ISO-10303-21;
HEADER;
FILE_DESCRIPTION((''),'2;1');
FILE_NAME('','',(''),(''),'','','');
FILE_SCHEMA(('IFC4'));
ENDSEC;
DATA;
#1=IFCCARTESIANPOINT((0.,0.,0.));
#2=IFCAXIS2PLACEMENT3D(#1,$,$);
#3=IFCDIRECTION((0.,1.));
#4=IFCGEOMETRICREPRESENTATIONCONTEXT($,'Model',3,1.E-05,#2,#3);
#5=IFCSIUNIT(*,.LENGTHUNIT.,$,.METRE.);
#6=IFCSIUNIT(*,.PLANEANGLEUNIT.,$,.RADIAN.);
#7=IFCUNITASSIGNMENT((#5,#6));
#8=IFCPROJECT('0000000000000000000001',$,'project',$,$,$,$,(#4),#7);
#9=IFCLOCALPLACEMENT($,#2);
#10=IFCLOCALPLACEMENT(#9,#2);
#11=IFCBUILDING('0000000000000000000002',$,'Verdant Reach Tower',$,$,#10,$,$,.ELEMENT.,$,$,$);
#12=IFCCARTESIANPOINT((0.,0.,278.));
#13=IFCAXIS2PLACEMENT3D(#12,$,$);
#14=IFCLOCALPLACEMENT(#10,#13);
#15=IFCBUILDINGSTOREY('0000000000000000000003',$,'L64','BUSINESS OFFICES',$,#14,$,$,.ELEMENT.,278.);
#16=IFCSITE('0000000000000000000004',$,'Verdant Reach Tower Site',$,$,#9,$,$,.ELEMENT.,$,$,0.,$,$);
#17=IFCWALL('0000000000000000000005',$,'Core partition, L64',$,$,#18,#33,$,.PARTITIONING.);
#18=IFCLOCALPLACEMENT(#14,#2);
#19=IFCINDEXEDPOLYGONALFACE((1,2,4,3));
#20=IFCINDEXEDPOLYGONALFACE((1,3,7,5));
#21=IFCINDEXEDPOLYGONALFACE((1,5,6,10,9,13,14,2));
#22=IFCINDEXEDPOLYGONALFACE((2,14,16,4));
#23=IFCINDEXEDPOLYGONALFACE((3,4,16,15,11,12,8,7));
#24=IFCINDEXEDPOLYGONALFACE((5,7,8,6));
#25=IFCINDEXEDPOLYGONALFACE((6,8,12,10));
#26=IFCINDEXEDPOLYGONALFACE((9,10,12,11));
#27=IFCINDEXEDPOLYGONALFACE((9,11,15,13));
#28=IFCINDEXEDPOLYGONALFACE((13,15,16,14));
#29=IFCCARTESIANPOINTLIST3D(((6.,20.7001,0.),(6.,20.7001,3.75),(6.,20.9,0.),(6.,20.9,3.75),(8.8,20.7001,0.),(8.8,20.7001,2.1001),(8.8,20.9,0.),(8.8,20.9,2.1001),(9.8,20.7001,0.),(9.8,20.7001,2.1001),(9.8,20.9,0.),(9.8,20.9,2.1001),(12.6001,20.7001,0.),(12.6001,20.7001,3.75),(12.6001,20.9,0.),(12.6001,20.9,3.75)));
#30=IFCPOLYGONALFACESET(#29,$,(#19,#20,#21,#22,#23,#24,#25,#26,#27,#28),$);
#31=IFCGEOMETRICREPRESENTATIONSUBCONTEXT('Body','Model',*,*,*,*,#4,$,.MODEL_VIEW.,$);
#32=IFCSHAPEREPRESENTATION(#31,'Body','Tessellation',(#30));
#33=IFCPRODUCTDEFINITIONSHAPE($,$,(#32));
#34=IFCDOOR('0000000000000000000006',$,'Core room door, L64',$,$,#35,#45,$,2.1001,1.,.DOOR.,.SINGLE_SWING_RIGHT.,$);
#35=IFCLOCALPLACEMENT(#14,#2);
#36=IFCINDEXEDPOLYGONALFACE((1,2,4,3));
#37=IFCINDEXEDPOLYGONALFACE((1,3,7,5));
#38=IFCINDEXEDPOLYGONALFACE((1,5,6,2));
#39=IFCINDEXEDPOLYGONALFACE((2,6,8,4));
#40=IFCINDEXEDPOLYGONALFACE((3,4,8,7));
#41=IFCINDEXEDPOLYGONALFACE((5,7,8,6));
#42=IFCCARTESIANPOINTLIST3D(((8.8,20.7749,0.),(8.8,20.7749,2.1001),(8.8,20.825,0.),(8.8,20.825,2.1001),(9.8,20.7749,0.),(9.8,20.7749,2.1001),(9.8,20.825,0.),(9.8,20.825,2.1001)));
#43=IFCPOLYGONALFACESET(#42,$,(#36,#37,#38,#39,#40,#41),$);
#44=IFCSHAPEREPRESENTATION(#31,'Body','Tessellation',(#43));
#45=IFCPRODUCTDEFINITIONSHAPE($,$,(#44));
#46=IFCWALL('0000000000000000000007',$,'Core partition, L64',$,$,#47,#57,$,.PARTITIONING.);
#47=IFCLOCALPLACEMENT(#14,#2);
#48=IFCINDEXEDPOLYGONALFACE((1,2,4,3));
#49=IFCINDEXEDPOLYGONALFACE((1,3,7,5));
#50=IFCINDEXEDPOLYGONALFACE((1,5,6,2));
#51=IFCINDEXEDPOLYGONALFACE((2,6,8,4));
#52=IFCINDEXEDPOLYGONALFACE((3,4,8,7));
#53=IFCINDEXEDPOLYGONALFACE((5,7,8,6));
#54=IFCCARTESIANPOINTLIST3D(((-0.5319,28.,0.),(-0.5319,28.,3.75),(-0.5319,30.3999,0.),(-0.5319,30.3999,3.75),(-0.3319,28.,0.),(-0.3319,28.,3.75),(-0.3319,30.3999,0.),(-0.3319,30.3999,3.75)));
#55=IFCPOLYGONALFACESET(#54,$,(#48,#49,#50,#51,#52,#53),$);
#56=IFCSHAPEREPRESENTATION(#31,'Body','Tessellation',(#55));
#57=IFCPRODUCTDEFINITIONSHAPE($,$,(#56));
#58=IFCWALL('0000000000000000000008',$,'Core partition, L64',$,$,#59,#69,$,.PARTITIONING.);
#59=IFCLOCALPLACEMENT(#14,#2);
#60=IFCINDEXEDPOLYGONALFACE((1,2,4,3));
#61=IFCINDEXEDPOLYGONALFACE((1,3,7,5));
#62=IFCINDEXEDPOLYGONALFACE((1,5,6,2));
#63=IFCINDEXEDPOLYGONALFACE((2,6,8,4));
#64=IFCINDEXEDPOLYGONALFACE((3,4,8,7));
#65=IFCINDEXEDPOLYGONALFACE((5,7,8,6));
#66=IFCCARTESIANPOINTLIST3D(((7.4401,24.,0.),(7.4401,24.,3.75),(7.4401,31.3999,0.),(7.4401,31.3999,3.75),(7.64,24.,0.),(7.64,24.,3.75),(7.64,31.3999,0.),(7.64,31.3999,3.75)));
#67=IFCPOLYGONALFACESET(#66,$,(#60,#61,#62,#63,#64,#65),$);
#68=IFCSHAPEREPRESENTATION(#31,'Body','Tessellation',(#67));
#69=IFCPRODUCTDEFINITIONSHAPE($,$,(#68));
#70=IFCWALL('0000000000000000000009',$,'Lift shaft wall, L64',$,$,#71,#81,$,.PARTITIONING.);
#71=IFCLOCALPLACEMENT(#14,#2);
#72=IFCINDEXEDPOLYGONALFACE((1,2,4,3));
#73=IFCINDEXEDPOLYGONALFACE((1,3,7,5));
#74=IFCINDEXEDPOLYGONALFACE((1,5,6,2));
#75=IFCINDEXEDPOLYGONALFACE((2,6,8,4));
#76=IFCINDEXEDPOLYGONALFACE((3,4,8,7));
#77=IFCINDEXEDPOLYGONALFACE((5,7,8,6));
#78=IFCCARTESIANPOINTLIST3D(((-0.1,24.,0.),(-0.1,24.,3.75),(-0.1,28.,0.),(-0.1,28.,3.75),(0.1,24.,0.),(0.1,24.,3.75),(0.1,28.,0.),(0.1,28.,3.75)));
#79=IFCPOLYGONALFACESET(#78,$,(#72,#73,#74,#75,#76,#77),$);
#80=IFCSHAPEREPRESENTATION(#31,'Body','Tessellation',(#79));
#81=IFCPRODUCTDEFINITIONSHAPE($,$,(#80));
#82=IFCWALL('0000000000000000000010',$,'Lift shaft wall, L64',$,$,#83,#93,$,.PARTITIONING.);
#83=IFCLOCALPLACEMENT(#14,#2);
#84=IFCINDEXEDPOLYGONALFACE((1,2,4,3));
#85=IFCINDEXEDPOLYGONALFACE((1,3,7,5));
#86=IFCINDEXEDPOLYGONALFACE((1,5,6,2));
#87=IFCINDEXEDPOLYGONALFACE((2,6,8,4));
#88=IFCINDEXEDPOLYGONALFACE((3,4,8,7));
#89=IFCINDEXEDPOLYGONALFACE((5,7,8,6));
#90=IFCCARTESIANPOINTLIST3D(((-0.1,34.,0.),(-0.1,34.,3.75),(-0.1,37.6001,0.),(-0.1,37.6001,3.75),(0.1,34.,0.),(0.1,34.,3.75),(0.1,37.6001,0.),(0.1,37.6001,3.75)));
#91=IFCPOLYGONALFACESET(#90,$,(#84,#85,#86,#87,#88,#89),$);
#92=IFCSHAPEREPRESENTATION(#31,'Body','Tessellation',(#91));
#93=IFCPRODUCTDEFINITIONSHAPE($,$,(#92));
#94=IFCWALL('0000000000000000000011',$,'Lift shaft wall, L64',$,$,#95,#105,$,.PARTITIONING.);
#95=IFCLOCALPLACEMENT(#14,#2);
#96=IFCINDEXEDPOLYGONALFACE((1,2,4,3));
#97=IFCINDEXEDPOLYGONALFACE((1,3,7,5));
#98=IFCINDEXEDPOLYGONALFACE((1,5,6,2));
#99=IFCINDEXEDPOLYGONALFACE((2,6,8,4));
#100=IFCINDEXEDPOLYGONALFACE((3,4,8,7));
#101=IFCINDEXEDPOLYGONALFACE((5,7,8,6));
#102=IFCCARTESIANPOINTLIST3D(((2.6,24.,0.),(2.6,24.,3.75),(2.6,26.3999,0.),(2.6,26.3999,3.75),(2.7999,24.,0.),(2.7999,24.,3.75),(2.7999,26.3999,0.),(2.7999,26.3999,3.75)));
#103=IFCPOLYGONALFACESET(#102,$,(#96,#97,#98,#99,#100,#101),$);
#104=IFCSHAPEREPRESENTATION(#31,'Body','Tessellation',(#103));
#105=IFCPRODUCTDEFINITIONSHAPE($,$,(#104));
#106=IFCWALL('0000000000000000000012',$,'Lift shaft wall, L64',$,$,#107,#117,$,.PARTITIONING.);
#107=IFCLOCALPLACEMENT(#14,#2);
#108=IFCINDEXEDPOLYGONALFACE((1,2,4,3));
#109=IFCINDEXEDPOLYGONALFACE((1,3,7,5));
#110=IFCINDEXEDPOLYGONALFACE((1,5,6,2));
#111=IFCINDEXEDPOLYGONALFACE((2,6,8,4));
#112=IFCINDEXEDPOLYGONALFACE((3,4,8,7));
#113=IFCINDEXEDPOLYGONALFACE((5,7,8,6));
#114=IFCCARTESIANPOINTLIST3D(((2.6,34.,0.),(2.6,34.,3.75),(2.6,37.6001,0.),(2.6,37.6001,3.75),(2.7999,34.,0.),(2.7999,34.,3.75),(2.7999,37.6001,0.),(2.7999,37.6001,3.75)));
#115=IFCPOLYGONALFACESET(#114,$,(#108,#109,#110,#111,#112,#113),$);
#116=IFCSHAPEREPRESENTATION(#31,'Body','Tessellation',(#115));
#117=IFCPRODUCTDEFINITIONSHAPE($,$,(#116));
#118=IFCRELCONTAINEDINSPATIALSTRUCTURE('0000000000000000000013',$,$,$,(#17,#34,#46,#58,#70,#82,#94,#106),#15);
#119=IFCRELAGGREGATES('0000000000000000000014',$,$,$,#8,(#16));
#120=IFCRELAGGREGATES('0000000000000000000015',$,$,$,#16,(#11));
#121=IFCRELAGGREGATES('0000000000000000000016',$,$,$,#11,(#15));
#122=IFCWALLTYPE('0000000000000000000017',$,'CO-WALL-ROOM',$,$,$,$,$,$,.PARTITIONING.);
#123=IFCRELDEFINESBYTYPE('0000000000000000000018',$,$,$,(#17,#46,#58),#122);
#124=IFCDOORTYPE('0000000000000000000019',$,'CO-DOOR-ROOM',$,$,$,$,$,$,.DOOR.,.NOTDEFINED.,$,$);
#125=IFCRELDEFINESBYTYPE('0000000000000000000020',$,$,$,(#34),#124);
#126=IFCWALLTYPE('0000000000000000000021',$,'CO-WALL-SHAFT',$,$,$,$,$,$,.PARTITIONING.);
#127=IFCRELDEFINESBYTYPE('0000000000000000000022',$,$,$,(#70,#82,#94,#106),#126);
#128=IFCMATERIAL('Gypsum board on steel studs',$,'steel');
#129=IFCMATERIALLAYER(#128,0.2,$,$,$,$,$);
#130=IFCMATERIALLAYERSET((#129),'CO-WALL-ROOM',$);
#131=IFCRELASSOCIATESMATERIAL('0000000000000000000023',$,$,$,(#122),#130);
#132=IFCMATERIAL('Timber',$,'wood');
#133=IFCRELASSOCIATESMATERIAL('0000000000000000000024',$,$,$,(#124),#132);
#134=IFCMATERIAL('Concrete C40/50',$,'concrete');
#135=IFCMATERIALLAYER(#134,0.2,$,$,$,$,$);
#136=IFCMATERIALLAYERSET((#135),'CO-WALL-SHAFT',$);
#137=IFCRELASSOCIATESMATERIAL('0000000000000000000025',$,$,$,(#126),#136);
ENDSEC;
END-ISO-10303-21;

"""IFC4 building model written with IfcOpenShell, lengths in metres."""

from ifc_helpers import new_model, si_unit, direction, frame, frame_2d, origin, place, context, subcontext, project, spatial, rectangle, extrude, material, layer, layer_set, type_object, element, fill, save


model = new_model("IFC4")

# Units and contexts
model_context = context("Model", 3, precision=1e-05, world=origin(), true_north=direction((0.0, 1.0)))
body_context = subcontext(model_context, "Body", "Model", "MODEL_VIEW")
ifc_project = project(units=[si_unit("LENGTHUNIT", "METRE"), si_unit("PLANEANGLEUNIT", "RADIAN")], contexts=[model_context])

# Site, building, storey
site_placement = place(None, origin())
site = spatial("IfcSite", under=ifc_project, at=site_placement, Name="Verdant Reach Tower Site", CompositionType="ELEMENT", RefElevation=0.0)
building_placement = place(site_placement, origin())
building = spatial("IfcBuilding", under=site, at=building_placement, Name="Verdant Reach Tower", CompositionType="ELEMENT")
storey_placement = place(building_placement, frame((0.0, 0.0, 278.0)))
storey = spatial("IfcBuildingStorey", under=building, at=storey_placement, Name="L64", Description="BUSINESS OFFICES", CompositionType="ELEMENT", Elevation=278.0)

# Wall, opening, door
ifc_material_1 = material(Name="Gypsum board on steel studs", Category="steel")
ifc_layer_1 = layer(ifc_material_1, 0.2)
ifc_layer_set_1 = layer_set([ifc_layer_1], Name="CO-WALL-ROOM")
wall_type_1 = type_object("IfcWallType", Name="CO-WALL-ROOM", PredefinedType="PARTITIONING", material=ifc_layer_set_1)
wall_1_placement = place(storey_placement, frame((6.0, 20.8, 0.0), z_axis=(0.0, 0.0, 1.0), x_axis=(1.0, 0.0, 0.0)))
wall_1 = element("IfcWall", 1, at=wall_1_placement, inside=storey, type_object=wall_type_1, Name="Core partition, L64", PredefinedType="PARTITIONING", context=body_context, shape_type="SweptSolid", body=[
    extrude(rectangle(XDim=6.6001, YDim=0.2, at=frame_2d((3.3, 0.0))), origin(), (0.0, 0.0, 1.0), 3.75),
])
opening_1_placement = place(wall_1_placement, frame((2.8, 0.0, 0.0)))
opening_1 = element("IfcOpeningElement", 2, at=opening_1_placement, cuts=wall_1, PredefinedType="OPENING", context=body_context, shape_type="SweptSolid", body=[
    extrude(rectangle(XDim=1.0, YDim=2.1001, at=frame_2d((0.5, 1.05))), frame((0.0, 0.1099, 0.0), z_axis=(0.0, -1.0, 0.0), x_axis=(1.0, 0.0, 0.0)), (0.0, 0.0, 1.0), 0.22),
])
ifc_material_2 = material(Name="Timber", Category="wood")
door_type_1 = type_object("IfcDoorType", Name="CO-DOOR-ROOM", OperationType="NOTDEFINED", PredefinedType="DOOR", material=ifc_material_2)
door_1_placement = place(opening_1_placement, origin())
door_1 = element("IfcDoor", 3, at=door_1_placement, inside=storey, type_object=door_type_1, Name="Core room door, L64", OperationType="SINGLE_SWING_RIGHT", OverallHeight=2.1001, OverallWidth=1.0, PredefinedType="DOOR", context=body_context, shape_type="SweptSolid", body=[
    extrude(rectangle(XDim=1.0, YDim=2.1001, at=frame_2d((0.5, 1.05))), frame((0.0, 0.0249, 0.0), z_axis=(0.0, -1.0, 0.0), x_axis=(1.0, 0.0, 0.0)), (0.0, 0.0, 1.0), 0.05),
])
fill(opening_1, door_1)

# Walls
wall_2_placement = place(storey_placement, frame((-0.4319, 28.0, 0.0), z_axis=(0.0, 0.0, 1.0), x_axis=(0.0, 1.0, 0.0)))
element("IfcWall", 4, at=wall_2_placement, inside=storey, type_object=wall_type_1, Name="Core partition, L64", PredefinedType="PARTITIONING", context=body_context, shape_type="SweptSolid", body=[
    extrude(rectangle(XDim=2.3999, YDim=0.2, at=frame_2d((1.2, 0.0))), origin(), (0.0, 0.0, 1.0), 3.75),
])
wall_3_placement = place(storey_placement, frame((7.54, 24.0, 0.0), z_axis=(0.0, 0.0, 1.0), x_axis=(0.0, 1.0, 0.0)))
element("IfcWall", 5, at=wall_3_placement, inside=storey, type_object=wall_type_1, Name="Core partition, L64", PredefinedType="PARTITIONING", context=body_context, shape_type="SweptSolid", body=[
    extrude(rectangle(XDim=7.3999, YDim=0.2, at=frame_2d((3.7, 0.0))), origin(), (0.0, 0.0, 1.0), 3.75),
])
ifc_material_3 = material(Name="Concrete C40/50", Category="concrete")
ifc_layer_2 = layer(ifc_material_3, 0.2)
ifc_layer_set_2 = layer_set([ifc_layer_2], Name="CO-WALL-SHAFT")
wall_type_2 = type_object("IfcWallType", Name="CO-WALL-SHAFT", PredefinedType="PARTITIONING", material=ifc_layer_set_2)
wall_4_placement = place(storey_placement, frame((0.0, 24.0, 0.0), z_axis=(0.0, 0.0, 1.0), x_axis=(0.0, 1.0, 0.0)))
element("IfcWall", 6, at=wall_4_placement, inside=storey, type_object=wall_type_2, Name="Lift shaft wall, L64", PredefinedType="PARTITIONING", context=body_context, shape_type="SweptSolid", body=[
    extrude(rectangle(XDim=4.0, YDim=0.2, at=frame_2d((2.0, 0.0))), origin(), (0.0, 0.0, 1.0), 3.75),
])
wall_5_placement = place(storey_placement, frame((0.0, 34.0, 0.0), z_axis=(0.0, 0.0, 1.0), x_axis=(0.0, 1.0, 0.0)))
element("IfcWall", 7, at=wall_5_placement, inside=storey, type_object=wall_type_2, Name="Lift shaft wall, L64", PredefinedType="PARTITIONING", context=body_context, shape_type="SweptSolid", body=[
    extrude(rectangle(XDim=3.6001, YDim=0.2, at=frame_2d((1.8, 0.0))), origin(), (0.0, 0.0, 1.0), 3.75),
])
wall_6_placement = place(storey_placement, frame((2.7, 24.0, 0.0), z_axis=(0.0, 0.0, 1.0), x_axis=(0.0, 1.0, 0.0)))
element("IfcWall", 8, at=wall_6_placement, inside=storey, type_object=wall_type_2, Name="Lift shaft wall, L64", PredefinedType="PARTITIONING", context=body_context, shape_type="SweptSolid", body=[
    extrude(rectangle(XDim=2.3999, YDim=0.2, at=frame_2d((1.2, 0.0))), origin(), (0.0, 0.0, 1.0), 3.75),
])
wall_7_placement = place(storey_placement, frame((2.7, 34.0, 0.0), z_axis=(0.0, 0.0, 1.0), x_axis=(0.0, 1.0, 0.0)))
element("IfcWall", 9, at=wall_7_placement, inside=storey, type_object=wall_type_2, Name="Lift shaft wall, L64", PredefinedType="PARTITIONING", context=body_context, shape_type="SweptSolid", body=[
    extrude(rectangle(XDim=3.6001, YDim=0.2, at=frame_2d((1.8, 0.0))), origin(), (0.0, 0.0, 1.0), 3.75),
])

save(model, "model.ifc")
